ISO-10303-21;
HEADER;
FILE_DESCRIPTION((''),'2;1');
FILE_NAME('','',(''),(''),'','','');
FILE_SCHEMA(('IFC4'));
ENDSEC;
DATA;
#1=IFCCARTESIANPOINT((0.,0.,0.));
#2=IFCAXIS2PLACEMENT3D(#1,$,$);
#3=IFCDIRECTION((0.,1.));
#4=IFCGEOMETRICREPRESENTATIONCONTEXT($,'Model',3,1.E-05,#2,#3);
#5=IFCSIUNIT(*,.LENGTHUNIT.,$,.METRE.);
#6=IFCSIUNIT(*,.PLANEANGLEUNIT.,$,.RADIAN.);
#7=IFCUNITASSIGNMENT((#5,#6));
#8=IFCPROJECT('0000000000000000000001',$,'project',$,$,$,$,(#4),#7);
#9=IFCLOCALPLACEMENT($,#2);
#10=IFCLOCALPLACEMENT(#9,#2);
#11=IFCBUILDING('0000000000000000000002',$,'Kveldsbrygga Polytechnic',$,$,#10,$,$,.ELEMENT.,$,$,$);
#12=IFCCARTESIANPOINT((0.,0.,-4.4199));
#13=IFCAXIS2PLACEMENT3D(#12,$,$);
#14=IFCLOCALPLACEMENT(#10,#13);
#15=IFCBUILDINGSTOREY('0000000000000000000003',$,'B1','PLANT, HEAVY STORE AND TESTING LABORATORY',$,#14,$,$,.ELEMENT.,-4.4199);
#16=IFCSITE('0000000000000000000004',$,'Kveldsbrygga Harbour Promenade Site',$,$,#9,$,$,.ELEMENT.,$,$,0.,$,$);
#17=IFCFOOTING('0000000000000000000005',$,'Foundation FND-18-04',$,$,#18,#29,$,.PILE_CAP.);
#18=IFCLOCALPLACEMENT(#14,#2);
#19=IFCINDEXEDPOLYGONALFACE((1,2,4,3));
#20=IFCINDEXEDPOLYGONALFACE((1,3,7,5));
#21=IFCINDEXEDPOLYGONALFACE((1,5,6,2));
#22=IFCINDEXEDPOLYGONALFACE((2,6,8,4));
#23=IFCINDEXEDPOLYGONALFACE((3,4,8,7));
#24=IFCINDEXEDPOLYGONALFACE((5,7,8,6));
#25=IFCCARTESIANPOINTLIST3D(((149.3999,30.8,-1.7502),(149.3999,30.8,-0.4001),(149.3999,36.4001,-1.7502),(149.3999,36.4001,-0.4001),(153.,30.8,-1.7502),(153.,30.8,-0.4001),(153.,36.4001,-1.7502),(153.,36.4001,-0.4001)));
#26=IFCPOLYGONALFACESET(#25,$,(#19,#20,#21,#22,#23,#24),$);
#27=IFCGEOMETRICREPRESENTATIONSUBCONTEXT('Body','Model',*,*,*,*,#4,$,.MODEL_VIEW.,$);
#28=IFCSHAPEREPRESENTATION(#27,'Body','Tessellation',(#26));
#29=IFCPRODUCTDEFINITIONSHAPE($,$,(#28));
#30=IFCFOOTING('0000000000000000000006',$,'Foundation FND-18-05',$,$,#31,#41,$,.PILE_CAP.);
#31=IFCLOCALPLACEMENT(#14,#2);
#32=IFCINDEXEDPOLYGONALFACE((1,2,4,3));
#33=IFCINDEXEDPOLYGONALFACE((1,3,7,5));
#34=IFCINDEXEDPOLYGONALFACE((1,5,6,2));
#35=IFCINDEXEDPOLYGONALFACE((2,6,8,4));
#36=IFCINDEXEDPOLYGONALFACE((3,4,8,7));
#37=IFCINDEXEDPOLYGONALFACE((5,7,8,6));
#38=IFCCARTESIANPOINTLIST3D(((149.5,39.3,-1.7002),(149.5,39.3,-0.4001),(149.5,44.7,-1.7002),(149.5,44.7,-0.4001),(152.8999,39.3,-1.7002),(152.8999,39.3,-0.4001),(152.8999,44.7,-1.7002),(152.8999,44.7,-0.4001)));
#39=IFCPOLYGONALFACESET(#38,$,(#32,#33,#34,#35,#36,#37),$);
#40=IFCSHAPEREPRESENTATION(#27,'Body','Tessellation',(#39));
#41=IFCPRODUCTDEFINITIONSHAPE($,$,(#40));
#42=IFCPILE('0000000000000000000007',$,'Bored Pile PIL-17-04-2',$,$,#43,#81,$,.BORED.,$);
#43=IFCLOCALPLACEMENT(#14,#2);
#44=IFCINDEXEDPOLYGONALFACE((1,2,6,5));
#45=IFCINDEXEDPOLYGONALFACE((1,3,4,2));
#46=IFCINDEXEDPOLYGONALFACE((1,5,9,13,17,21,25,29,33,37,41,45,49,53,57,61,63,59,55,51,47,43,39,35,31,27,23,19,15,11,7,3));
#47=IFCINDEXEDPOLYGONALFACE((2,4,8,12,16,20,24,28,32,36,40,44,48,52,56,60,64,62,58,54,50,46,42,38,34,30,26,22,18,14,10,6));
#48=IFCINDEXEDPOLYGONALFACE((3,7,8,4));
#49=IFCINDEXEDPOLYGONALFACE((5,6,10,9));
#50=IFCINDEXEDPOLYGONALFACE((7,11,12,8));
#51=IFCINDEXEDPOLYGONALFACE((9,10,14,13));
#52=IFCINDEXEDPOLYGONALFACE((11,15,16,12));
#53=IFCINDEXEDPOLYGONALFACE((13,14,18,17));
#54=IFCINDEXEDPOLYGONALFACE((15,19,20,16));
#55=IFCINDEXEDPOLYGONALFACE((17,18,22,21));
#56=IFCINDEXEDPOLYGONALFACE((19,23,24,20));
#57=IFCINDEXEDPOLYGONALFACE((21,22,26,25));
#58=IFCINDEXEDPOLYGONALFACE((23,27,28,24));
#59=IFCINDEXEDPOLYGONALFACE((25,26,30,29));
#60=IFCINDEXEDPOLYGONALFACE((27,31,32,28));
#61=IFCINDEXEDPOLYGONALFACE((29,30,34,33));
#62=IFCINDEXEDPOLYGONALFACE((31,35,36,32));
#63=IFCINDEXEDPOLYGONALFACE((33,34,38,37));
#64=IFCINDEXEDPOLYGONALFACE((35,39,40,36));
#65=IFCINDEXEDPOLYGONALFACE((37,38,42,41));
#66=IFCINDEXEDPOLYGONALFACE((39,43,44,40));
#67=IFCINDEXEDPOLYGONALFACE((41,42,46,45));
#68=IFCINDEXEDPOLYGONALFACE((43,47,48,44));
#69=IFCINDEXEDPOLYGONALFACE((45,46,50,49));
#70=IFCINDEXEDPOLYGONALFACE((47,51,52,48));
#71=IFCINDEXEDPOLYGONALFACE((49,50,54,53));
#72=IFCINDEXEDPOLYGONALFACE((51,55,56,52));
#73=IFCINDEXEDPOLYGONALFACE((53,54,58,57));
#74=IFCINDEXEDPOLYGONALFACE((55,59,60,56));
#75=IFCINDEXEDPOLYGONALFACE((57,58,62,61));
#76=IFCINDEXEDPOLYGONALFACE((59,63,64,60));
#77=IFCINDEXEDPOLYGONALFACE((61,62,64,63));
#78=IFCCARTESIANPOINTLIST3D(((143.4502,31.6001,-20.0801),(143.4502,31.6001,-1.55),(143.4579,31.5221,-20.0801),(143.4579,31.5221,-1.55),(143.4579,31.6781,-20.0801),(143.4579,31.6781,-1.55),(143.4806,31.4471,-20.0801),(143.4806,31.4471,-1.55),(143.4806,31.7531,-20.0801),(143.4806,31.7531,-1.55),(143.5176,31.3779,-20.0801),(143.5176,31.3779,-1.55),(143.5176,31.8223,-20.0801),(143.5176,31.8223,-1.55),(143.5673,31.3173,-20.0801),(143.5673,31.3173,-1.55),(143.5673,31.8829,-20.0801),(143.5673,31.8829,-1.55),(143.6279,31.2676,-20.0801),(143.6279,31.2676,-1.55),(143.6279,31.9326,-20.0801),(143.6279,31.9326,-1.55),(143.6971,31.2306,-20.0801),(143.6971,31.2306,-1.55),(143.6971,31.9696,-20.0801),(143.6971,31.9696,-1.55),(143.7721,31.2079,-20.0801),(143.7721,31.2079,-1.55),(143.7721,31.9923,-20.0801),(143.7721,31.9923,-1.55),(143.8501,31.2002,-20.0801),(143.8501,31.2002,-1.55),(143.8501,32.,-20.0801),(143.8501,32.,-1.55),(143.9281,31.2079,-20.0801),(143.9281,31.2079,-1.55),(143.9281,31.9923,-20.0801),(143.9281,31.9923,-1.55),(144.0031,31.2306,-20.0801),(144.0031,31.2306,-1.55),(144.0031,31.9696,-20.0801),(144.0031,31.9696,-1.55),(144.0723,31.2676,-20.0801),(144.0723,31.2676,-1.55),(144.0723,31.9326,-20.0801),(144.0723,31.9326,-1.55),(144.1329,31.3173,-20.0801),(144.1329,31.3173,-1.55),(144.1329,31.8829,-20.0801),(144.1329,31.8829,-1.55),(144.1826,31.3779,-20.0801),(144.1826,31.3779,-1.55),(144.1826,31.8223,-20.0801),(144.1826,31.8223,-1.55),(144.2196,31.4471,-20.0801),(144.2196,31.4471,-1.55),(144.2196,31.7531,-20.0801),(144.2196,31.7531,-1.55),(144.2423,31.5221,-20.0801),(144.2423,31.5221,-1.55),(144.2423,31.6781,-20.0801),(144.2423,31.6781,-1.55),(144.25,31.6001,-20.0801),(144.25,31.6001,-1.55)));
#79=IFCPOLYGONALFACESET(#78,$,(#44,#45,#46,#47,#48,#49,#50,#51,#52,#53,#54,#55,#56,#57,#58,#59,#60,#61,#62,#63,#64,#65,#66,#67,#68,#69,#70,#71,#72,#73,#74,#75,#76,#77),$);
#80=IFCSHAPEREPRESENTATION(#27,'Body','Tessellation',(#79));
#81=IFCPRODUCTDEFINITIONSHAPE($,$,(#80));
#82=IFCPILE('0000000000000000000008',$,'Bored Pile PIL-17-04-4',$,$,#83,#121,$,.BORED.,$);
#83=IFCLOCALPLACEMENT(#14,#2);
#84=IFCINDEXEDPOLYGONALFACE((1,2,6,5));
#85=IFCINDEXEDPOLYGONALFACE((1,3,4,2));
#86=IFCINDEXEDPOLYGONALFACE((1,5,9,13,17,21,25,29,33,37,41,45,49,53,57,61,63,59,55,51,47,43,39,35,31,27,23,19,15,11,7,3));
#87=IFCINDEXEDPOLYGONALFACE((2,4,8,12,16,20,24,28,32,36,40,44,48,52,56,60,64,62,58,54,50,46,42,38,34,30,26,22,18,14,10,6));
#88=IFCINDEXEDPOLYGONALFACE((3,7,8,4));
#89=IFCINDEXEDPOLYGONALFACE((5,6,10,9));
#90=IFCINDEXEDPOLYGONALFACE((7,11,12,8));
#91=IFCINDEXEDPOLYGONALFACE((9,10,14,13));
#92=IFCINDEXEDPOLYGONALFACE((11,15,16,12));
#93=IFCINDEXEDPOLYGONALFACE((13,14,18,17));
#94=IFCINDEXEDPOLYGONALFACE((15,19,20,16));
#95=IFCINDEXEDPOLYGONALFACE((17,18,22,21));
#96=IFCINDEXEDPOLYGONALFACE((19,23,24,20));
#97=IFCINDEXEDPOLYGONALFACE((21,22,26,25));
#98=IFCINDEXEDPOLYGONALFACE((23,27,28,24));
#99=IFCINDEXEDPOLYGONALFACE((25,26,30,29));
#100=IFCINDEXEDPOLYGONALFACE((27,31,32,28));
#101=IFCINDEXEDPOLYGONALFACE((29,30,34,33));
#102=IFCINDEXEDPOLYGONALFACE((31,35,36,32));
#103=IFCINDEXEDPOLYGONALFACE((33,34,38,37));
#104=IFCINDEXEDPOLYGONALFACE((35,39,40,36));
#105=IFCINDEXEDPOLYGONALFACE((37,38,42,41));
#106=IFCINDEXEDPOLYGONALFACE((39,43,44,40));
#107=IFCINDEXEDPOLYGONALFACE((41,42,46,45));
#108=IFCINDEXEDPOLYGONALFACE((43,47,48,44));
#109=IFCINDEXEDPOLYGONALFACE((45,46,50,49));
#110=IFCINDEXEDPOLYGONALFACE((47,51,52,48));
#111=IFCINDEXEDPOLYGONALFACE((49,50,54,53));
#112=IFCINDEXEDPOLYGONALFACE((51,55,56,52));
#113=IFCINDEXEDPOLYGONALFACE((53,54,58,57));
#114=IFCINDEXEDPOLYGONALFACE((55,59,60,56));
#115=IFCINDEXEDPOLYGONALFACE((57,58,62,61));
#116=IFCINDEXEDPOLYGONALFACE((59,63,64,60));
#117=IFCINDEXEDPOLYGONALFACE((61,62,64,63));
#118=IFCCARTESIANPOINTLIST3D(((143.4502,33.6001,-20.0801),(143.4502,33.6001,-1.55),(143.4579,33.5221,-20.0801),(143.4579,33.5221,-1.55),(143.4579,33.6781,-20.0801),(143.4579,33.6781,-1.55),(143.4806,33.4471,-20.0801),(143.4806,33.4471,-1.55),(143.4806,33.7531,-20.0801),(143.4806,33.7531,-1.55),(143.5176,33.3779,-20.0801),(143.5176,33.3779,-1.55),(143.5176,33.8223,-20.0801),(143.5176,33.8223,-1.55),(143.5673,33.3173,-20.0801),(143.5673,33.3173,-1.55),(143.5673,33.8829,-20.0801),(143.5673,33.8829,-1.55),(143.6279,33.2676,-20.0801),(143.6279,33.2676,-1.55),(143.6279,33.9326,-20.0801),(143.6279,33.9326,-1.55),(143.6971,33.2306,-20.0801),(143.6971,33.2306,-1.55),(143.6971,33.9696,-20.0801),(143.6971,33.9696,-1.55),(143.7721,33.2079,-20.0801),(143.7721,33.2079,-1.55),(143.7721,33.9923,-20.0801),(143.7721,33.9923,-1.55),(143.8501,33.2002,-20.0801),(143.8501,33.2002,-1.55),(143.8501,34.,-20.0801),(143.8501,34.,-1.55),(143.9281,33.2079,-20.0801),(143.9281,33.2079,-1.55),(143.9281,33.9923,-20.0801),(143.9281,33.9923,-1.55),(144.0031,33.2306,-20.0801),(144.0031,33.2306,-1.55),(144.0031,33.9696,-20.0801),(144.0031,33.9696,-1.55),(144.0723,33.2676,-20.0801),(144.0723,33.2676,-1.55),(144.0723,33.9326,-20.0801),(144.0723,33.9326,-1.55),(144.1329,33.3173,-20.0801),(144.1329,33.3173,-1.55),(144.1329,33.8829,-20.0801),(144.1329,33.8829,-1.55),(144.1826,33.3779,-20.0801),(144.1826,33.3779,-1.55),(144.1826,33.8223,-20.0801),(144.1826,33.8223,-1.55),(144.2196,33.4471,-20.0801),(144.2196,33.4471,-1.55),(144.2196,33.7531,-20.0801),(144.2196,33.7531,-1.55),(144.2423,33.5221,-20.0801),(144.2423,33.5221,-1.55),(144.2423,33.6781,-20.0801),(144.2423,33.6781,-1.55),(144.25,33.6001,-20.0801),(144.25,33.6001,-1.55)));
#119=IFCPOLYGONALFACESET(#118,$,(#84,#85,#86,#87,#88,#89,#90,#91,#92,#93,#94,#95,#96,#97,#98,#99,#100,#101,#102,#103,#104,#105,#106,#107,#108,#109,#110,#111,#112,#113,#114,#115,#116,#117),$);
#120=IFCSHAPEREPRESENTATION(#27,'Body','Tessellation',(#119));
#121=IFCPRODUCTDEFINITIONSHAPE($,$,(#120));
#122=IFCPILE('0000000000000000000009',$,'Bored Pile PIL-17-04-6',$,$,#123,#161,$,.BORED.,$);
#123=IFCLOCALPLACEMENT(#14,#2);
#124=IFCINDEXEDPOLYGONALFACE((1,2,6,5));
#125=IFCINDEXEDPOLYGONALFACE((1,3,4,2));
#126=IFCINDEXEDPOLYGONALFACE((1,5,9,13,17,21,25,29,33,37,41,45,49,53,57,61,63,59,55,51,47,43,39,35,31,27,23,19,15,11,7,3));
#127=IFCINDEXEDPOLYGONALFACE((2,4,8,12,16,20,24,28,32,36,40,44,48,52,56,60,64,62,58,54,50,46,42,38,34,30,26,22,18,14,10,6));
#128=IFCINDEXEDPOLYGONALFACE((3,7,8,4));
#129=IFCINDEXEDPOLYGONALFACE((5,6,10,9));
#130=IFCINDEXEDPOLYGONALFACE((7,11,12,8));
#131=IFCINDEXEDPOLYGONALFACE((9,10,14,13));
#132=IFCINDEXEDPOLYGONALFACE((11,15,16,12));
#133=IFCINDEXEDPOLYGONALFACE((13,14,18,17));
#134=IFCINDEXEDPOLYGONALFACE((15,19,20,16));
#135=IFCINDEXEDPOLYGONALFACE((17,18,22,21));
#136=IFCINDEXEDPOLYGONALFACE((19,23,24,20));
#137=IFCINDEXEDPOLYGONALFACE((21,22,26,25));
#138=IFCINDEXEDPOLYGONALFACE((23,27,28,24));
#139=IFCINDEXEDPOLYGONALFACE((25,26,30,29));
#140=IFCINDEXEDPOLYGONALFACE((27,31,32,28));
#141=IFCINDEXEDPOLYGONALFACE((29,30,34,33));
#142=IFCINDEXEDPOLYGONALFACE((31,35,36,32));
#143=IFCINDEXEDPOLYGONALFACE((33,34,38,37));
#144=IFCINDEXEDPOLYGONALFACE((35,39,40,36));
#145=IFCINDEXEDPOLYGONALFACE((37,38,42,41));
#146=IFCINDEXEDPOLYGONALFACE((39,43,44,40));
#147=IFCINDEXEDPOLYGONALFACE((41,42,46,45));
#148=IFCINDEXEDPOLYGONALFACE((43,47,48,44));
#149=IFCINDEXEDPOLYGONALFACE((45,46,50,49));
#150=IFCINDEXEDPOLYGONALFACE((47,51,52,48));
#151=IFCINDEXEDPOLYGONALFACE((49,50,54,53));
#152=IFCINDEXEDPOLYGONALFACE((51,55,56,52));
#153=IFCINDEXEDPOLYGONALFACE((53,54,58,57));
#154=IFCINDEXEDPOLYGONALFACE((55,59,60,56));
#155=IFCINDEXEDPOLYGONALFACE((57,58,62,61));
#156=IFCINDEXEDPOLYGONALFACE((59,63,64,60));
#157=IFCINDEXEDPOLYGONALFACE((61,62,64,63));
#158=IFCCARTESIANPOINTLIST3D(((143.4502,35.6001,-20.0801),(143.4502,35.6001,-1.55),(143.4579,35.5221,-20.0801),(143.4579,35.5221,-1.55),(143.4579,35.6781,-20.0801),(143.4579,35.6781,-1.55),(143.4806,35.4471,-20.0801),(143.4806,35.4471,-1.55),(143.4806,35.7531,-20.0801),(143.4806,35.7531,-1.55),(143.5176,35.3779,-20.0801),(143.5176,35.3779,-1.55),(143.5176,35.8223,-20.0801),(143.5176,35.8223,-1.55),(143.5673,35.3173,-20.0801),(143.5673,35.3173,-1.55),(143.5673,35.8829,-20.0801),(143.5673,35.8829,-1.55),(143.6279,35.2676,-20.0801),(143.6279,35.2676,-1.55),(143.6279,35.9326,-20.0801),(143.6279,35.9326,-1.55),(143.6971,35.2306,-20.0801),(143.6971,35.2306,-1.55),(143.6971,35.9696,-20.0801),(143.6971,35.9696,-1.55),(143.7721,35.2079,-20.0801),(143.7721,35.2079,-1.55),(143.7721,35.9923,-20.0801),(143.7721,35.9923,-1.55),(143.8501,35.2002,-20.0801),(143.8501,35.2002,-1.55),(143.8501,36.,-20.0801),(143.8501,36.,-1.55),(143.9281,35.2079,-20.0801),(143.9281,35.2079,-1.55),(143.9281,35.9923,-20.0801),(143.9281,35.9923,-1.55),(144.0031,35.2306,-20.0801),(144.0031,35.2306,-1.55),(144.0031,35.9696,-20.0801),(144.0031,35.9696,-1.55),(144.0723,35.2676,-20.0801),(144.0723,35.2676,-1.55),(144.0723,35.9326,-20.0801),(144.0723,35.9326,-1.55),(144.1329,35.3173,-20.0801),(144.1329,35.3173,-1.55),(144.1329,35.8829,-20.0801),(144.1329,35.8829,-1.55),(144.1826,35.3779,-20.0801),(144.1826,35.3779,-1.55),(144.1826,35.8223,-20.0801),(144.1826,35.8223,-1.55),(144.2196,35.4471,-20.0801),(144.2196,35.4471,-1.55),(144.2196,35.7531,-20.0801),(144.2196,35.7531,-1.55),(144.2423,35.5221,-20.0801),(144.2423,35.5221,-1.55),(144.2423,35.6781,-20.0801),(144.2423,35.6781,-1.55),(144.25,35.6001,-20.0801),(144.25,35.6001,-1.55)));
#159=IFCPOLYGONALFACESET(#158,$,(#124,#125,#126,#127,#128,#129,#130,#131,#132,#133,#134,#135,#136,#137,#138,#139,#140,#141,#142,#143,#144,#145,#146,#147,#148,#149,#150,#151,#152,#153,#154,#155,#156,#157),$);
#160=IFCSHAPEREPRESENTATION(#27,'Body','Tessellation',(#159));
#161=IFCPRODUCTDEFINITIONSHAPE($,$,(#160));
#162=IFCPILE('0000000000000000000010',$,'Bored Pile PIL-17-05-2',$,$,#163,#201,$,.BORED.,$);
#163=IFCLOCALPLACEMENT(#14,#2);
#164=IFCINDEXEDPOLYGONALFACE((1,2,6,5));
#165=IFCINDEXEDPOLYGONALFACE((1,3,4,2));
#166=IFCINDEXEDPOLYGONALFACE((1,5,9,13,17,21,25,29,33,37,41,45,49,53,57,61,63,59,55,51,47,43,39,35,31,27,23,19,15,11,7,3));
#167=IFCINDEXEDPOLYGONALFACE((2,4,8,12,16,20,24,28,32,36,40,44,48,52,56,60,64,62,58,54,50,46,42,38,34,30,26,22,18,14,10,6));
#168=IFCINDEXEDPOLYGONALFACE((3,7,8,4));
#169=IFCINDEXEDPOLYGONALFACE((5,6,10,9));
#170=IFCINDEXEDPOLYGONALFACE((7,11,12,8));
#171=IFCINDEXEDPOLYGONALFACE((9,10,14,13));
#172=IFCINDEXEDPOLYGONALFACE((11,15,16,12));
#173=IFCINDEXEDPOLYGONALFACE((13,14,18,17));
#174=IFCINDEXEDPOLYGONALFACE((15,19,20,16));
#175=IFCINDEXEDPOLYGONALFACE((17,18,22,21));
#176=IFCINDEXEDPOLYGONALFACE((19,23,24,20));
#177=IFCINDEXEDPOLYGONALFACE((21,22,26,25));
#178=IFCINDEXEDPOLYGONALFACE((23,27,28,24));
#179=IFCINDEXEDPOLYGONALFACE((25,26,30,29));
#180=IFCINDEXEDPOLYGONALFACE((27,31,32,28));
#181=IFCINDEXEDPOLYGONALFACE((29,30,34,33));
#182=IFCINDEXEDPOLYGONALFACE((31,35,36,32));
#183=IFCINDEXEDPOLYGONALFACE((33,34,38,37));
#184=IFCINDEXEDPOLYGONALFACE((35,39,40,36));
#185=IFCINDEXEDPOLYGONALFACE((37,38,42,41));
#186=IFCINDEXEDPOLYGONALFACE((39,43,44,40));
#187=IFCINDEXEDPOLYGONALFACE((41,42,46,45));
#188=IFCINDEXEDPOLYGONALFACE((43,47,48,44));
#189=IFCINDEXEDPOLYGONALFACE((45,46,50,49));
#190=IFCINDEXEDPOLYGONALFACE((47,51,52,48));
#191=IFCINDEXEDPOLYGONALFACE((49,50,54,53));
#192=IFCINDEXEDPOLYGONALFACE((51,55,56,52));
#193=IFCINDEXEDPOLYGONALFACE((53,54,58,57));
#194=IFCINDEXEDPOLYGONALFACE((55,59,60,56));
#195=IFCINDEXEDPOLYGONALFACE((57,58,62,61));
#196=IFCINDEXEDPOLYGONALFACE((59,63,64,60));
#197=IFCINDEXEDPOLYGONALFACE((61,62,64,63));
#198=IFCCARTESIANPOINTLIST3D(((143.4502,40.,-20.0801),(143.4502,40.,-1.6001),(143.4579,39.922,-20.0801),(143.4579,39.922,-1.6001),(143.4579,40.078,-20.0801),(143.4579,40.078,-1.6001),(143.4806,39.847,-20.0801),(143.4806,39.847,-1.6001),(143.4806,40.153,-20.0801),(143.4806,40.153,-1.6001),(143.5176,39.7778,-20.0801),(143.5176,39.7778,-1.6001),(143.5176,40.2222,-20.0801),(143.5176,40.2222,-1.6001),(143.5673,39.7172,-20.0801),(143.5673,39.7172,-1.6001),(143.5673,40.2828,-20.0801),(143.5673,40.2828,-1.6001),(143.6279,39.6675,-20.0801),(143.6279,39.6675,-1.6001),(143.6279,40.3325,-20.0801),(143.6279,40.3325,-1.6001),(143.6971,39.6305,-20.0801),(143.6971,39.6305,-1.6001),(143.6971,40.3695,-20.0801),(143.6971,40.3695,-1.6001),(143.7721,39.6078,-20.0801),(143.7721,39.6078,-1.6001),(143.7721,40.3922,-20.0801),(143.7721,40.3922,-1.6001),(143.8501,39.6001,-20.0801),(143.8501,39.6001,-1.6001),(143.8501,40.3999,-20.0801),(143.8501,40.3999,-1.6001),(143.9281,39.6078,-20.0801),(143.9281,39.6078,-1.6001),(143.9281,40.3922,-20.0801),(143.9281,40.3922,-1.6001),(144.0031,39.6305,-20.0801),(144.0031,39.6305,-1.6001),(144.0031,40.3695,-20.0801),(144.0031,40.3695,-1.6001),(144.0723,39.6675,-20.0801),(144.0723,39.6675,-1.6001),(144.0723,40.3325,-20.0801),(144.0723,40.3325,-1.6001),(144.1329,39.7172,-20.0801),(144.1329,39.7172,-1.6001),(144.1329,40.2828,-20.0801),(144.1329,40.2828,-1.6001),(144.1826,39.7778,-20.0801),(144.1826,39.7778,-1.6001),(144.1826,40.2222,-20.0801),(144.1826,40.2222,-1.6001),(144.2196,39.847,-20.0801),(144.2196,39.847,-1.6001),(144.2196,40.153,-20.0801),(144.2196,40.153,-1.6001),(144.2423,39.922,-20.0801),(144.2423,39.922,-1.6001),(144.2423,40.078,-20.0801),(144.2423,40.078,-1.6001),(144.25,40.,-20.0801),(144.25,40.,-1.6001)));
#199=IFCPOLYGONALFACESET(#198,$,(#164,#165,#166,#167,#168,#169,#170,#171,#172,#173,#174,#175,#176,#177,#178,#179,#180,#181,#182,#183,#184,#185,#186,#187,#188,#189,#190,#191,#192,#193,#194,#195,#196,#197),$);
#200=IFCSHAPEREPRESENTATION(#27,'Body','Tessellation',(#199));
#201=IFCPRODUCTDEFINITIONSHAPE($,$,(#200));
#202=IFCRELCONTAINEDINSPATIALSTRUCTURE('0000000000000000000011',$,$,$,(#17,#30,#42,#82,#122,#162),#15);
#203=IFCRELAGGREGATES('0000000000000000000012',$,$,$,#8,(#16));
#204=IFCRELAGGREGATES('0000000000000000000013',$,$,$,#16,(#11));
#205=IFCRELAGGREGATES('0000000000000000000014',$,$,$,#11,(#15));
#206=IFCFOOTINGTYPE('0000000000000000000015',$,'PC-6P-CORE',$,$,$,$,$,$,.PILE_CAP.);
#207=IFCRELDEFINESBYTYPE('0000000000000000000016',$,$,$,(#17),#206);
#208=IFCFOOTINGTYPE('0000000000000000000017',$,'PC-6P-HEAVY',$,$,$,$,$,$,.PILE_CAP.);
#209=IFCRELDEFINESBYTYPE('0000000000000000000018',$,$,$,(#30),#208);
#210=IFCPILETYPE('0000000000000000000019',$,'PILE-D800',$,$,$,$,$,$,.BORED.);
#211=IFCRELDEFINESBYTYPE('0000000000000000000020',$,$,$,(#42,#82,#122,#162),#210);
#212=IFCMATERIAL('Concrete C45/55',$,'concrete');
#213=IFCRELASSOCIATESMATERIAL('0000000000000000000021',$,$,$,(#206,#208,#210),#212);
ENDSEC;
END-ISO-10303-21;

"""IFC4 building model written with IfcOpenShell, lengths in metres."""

from ifc_helpers import new_model, si_unit, direction, frame, origin, origin_2d, place, context, subcontext, project, spatial, rectangle, circle, extrude, material, material_profile, profile_set, type_object, element, save


model = new_model("IFC4")

# Units and contexts
model_context = context("Model", 3, precision=1e-05, world=origin(), true_north=direction((0.0, 1.0)))
body_context = subcontext(model_context, "Body", "Model", "MODEL_VIEW")
ifc_project = project(units=[si_unit("LENGTHUNIT", "METRE"), si_unit("PLANEANGLEUNIT", "RADIAN")], contexts=[model_context])

# Site, building, storey
site_placement = place(None, origin())
site = spatial("IfcSite", under=ifc_project, at=site_placement, Name="Kveldsbrygga Harbour Promenade Site", CompositionType="ELEMENT", RefElevation=0.0)
building_placement = place(site_placement, origin())
building = spatial("IfcBuilding", under=site, at=building_placement, Name="Kveldsbrygga Polytechnic", CompositionType="ELEMENT")
storey_placement = place(building_placement, frame((0.0, 0.0, -4.4199)))
storey = spatial("IfcBuildingStorey", under=building, at=storey_placement, Name="B1", Description="PLANT, HEAVY STORE AND TESTING LABORATORY", CompositionType="ELEMENT", Elevation=-4.4199)

# Footings
ifc_material_1 = material(Name="Concrete C45/55", Category="concrete")
footing_type_1 = type_object("IfcFootingType", Name="PC-6P-CORE", PredefinedType="PILE_CAP", material=ifc_material_1)
footing_1_placement = place(storey_placement, frame((151.2, 33.6001, -1.7502), z_axis=(0.0, 0.0, 1.0), x_axis=(1.0, 0.0, 0.0)))
element("IfcFooting", 1, at=footing_1_placement, inside=storey, type_object=footing_type_1, Name="Foundation FND-18-04", PredefinedType="PILE_CAP", context=body_context, shape_type="SweptSolid", body=[
    extrude(rectangle(XDim=3.6001, YDim=5.6001, at=origin_2d()), origin(), (0.0, 0.0, 1.0), 1.3501),
])
footing_type_2 = type_object("IfcFootingType", Name="PC-6P-HEAVY", PredefinedType="PILE_CAP", material=ifc_material_1)
footing_2_placement = place(storey_placement, frame((151.2, 42.0, -1.7002), z_axis=(0.0, 0.0, 1.0), x_axis=(1.0, 0.0, 0.0)))
element("IfcFooting", 2, at=footing_2_placement, inside=storey, type_object=footing_type_2, Name="Foundation FND-18-05", PredefinedType="PILE_CAP", context=body_context, shape_type="SweptSolid", body=[
    extrude(rectangle(XDim=3.3999, YDim=5.3999, at=origin_2d()), origin(), (0.0, 0.0, 1.0), 1.3),
])

# Piles
ifc_material_profile_1 = material_profile(ifc_material_1, circle(Radius=0.3999, at=origin_2d()), Name="PILE D800")
ifc_profile_set_1 = profile_set([ifc_material_profile_1], Name="Concrete C45/55")
pile_type = type_object("IfcPileType", Name="PILE-D800", PredefinedType="BORED", material=ifc_profile_set_1)
for number, where, z_axis, x_axis, name in (
    (3, (143.8501, 31.6001, -1.55), (0.0, 0.0, -1.0), (1.0, 0.0, 0.0), "Bored Pile PIL-17-04-2"),
    (4, (143.8501, 33.6001, -1.55), (0.0, 0.0, -1.0), (1.0, 0.0, 0.0), "Bored Pile PIL-17-04-4"),
    (5, (143.8501, 35.6001, -1.55), (0.0, 0.0, -1.0), (1.0, 0.0, 0.0), "Bored Pile PIL-17-04-6"),
):
    element("IfcPile", number, at=place(storey_placement, frame(where, z_axis=z_axis, x_axis=x_axis)), inside=storey, type_object=pile_type, Name=name, PredefinedType="BORED", context=body_context, shape_type="SweptSolid", body=[
        extrude(circle(Radius=0.3999, at=origin_2d()), origin(), (0.0, 0.0, 1.0), 18.53),
    ])
for number, where, z_axis, x_axis, name in (
    (6, (143.8501, 40.0, -1.6001), (0.0, 0.0, -1.0), (1.0, 0.0, 0.0), "Bored Pile PIL-17-05-2"),
):
    element("IfcPile", number, at=place(storey_placement, frame(where, z_axis=z_axis, x_axis=x_axis)), inside=storey, type_object=pile_type, Name=name, PredefinedType="BORED", context=body_context, shape_type="SweptSolid", body=[
        extrude(circle(Radius=0.3999, at=origin_2d()), origin(), (0.0, 0.0, 1.0), 18.48),
    ])

save(model, "model.ifc")
